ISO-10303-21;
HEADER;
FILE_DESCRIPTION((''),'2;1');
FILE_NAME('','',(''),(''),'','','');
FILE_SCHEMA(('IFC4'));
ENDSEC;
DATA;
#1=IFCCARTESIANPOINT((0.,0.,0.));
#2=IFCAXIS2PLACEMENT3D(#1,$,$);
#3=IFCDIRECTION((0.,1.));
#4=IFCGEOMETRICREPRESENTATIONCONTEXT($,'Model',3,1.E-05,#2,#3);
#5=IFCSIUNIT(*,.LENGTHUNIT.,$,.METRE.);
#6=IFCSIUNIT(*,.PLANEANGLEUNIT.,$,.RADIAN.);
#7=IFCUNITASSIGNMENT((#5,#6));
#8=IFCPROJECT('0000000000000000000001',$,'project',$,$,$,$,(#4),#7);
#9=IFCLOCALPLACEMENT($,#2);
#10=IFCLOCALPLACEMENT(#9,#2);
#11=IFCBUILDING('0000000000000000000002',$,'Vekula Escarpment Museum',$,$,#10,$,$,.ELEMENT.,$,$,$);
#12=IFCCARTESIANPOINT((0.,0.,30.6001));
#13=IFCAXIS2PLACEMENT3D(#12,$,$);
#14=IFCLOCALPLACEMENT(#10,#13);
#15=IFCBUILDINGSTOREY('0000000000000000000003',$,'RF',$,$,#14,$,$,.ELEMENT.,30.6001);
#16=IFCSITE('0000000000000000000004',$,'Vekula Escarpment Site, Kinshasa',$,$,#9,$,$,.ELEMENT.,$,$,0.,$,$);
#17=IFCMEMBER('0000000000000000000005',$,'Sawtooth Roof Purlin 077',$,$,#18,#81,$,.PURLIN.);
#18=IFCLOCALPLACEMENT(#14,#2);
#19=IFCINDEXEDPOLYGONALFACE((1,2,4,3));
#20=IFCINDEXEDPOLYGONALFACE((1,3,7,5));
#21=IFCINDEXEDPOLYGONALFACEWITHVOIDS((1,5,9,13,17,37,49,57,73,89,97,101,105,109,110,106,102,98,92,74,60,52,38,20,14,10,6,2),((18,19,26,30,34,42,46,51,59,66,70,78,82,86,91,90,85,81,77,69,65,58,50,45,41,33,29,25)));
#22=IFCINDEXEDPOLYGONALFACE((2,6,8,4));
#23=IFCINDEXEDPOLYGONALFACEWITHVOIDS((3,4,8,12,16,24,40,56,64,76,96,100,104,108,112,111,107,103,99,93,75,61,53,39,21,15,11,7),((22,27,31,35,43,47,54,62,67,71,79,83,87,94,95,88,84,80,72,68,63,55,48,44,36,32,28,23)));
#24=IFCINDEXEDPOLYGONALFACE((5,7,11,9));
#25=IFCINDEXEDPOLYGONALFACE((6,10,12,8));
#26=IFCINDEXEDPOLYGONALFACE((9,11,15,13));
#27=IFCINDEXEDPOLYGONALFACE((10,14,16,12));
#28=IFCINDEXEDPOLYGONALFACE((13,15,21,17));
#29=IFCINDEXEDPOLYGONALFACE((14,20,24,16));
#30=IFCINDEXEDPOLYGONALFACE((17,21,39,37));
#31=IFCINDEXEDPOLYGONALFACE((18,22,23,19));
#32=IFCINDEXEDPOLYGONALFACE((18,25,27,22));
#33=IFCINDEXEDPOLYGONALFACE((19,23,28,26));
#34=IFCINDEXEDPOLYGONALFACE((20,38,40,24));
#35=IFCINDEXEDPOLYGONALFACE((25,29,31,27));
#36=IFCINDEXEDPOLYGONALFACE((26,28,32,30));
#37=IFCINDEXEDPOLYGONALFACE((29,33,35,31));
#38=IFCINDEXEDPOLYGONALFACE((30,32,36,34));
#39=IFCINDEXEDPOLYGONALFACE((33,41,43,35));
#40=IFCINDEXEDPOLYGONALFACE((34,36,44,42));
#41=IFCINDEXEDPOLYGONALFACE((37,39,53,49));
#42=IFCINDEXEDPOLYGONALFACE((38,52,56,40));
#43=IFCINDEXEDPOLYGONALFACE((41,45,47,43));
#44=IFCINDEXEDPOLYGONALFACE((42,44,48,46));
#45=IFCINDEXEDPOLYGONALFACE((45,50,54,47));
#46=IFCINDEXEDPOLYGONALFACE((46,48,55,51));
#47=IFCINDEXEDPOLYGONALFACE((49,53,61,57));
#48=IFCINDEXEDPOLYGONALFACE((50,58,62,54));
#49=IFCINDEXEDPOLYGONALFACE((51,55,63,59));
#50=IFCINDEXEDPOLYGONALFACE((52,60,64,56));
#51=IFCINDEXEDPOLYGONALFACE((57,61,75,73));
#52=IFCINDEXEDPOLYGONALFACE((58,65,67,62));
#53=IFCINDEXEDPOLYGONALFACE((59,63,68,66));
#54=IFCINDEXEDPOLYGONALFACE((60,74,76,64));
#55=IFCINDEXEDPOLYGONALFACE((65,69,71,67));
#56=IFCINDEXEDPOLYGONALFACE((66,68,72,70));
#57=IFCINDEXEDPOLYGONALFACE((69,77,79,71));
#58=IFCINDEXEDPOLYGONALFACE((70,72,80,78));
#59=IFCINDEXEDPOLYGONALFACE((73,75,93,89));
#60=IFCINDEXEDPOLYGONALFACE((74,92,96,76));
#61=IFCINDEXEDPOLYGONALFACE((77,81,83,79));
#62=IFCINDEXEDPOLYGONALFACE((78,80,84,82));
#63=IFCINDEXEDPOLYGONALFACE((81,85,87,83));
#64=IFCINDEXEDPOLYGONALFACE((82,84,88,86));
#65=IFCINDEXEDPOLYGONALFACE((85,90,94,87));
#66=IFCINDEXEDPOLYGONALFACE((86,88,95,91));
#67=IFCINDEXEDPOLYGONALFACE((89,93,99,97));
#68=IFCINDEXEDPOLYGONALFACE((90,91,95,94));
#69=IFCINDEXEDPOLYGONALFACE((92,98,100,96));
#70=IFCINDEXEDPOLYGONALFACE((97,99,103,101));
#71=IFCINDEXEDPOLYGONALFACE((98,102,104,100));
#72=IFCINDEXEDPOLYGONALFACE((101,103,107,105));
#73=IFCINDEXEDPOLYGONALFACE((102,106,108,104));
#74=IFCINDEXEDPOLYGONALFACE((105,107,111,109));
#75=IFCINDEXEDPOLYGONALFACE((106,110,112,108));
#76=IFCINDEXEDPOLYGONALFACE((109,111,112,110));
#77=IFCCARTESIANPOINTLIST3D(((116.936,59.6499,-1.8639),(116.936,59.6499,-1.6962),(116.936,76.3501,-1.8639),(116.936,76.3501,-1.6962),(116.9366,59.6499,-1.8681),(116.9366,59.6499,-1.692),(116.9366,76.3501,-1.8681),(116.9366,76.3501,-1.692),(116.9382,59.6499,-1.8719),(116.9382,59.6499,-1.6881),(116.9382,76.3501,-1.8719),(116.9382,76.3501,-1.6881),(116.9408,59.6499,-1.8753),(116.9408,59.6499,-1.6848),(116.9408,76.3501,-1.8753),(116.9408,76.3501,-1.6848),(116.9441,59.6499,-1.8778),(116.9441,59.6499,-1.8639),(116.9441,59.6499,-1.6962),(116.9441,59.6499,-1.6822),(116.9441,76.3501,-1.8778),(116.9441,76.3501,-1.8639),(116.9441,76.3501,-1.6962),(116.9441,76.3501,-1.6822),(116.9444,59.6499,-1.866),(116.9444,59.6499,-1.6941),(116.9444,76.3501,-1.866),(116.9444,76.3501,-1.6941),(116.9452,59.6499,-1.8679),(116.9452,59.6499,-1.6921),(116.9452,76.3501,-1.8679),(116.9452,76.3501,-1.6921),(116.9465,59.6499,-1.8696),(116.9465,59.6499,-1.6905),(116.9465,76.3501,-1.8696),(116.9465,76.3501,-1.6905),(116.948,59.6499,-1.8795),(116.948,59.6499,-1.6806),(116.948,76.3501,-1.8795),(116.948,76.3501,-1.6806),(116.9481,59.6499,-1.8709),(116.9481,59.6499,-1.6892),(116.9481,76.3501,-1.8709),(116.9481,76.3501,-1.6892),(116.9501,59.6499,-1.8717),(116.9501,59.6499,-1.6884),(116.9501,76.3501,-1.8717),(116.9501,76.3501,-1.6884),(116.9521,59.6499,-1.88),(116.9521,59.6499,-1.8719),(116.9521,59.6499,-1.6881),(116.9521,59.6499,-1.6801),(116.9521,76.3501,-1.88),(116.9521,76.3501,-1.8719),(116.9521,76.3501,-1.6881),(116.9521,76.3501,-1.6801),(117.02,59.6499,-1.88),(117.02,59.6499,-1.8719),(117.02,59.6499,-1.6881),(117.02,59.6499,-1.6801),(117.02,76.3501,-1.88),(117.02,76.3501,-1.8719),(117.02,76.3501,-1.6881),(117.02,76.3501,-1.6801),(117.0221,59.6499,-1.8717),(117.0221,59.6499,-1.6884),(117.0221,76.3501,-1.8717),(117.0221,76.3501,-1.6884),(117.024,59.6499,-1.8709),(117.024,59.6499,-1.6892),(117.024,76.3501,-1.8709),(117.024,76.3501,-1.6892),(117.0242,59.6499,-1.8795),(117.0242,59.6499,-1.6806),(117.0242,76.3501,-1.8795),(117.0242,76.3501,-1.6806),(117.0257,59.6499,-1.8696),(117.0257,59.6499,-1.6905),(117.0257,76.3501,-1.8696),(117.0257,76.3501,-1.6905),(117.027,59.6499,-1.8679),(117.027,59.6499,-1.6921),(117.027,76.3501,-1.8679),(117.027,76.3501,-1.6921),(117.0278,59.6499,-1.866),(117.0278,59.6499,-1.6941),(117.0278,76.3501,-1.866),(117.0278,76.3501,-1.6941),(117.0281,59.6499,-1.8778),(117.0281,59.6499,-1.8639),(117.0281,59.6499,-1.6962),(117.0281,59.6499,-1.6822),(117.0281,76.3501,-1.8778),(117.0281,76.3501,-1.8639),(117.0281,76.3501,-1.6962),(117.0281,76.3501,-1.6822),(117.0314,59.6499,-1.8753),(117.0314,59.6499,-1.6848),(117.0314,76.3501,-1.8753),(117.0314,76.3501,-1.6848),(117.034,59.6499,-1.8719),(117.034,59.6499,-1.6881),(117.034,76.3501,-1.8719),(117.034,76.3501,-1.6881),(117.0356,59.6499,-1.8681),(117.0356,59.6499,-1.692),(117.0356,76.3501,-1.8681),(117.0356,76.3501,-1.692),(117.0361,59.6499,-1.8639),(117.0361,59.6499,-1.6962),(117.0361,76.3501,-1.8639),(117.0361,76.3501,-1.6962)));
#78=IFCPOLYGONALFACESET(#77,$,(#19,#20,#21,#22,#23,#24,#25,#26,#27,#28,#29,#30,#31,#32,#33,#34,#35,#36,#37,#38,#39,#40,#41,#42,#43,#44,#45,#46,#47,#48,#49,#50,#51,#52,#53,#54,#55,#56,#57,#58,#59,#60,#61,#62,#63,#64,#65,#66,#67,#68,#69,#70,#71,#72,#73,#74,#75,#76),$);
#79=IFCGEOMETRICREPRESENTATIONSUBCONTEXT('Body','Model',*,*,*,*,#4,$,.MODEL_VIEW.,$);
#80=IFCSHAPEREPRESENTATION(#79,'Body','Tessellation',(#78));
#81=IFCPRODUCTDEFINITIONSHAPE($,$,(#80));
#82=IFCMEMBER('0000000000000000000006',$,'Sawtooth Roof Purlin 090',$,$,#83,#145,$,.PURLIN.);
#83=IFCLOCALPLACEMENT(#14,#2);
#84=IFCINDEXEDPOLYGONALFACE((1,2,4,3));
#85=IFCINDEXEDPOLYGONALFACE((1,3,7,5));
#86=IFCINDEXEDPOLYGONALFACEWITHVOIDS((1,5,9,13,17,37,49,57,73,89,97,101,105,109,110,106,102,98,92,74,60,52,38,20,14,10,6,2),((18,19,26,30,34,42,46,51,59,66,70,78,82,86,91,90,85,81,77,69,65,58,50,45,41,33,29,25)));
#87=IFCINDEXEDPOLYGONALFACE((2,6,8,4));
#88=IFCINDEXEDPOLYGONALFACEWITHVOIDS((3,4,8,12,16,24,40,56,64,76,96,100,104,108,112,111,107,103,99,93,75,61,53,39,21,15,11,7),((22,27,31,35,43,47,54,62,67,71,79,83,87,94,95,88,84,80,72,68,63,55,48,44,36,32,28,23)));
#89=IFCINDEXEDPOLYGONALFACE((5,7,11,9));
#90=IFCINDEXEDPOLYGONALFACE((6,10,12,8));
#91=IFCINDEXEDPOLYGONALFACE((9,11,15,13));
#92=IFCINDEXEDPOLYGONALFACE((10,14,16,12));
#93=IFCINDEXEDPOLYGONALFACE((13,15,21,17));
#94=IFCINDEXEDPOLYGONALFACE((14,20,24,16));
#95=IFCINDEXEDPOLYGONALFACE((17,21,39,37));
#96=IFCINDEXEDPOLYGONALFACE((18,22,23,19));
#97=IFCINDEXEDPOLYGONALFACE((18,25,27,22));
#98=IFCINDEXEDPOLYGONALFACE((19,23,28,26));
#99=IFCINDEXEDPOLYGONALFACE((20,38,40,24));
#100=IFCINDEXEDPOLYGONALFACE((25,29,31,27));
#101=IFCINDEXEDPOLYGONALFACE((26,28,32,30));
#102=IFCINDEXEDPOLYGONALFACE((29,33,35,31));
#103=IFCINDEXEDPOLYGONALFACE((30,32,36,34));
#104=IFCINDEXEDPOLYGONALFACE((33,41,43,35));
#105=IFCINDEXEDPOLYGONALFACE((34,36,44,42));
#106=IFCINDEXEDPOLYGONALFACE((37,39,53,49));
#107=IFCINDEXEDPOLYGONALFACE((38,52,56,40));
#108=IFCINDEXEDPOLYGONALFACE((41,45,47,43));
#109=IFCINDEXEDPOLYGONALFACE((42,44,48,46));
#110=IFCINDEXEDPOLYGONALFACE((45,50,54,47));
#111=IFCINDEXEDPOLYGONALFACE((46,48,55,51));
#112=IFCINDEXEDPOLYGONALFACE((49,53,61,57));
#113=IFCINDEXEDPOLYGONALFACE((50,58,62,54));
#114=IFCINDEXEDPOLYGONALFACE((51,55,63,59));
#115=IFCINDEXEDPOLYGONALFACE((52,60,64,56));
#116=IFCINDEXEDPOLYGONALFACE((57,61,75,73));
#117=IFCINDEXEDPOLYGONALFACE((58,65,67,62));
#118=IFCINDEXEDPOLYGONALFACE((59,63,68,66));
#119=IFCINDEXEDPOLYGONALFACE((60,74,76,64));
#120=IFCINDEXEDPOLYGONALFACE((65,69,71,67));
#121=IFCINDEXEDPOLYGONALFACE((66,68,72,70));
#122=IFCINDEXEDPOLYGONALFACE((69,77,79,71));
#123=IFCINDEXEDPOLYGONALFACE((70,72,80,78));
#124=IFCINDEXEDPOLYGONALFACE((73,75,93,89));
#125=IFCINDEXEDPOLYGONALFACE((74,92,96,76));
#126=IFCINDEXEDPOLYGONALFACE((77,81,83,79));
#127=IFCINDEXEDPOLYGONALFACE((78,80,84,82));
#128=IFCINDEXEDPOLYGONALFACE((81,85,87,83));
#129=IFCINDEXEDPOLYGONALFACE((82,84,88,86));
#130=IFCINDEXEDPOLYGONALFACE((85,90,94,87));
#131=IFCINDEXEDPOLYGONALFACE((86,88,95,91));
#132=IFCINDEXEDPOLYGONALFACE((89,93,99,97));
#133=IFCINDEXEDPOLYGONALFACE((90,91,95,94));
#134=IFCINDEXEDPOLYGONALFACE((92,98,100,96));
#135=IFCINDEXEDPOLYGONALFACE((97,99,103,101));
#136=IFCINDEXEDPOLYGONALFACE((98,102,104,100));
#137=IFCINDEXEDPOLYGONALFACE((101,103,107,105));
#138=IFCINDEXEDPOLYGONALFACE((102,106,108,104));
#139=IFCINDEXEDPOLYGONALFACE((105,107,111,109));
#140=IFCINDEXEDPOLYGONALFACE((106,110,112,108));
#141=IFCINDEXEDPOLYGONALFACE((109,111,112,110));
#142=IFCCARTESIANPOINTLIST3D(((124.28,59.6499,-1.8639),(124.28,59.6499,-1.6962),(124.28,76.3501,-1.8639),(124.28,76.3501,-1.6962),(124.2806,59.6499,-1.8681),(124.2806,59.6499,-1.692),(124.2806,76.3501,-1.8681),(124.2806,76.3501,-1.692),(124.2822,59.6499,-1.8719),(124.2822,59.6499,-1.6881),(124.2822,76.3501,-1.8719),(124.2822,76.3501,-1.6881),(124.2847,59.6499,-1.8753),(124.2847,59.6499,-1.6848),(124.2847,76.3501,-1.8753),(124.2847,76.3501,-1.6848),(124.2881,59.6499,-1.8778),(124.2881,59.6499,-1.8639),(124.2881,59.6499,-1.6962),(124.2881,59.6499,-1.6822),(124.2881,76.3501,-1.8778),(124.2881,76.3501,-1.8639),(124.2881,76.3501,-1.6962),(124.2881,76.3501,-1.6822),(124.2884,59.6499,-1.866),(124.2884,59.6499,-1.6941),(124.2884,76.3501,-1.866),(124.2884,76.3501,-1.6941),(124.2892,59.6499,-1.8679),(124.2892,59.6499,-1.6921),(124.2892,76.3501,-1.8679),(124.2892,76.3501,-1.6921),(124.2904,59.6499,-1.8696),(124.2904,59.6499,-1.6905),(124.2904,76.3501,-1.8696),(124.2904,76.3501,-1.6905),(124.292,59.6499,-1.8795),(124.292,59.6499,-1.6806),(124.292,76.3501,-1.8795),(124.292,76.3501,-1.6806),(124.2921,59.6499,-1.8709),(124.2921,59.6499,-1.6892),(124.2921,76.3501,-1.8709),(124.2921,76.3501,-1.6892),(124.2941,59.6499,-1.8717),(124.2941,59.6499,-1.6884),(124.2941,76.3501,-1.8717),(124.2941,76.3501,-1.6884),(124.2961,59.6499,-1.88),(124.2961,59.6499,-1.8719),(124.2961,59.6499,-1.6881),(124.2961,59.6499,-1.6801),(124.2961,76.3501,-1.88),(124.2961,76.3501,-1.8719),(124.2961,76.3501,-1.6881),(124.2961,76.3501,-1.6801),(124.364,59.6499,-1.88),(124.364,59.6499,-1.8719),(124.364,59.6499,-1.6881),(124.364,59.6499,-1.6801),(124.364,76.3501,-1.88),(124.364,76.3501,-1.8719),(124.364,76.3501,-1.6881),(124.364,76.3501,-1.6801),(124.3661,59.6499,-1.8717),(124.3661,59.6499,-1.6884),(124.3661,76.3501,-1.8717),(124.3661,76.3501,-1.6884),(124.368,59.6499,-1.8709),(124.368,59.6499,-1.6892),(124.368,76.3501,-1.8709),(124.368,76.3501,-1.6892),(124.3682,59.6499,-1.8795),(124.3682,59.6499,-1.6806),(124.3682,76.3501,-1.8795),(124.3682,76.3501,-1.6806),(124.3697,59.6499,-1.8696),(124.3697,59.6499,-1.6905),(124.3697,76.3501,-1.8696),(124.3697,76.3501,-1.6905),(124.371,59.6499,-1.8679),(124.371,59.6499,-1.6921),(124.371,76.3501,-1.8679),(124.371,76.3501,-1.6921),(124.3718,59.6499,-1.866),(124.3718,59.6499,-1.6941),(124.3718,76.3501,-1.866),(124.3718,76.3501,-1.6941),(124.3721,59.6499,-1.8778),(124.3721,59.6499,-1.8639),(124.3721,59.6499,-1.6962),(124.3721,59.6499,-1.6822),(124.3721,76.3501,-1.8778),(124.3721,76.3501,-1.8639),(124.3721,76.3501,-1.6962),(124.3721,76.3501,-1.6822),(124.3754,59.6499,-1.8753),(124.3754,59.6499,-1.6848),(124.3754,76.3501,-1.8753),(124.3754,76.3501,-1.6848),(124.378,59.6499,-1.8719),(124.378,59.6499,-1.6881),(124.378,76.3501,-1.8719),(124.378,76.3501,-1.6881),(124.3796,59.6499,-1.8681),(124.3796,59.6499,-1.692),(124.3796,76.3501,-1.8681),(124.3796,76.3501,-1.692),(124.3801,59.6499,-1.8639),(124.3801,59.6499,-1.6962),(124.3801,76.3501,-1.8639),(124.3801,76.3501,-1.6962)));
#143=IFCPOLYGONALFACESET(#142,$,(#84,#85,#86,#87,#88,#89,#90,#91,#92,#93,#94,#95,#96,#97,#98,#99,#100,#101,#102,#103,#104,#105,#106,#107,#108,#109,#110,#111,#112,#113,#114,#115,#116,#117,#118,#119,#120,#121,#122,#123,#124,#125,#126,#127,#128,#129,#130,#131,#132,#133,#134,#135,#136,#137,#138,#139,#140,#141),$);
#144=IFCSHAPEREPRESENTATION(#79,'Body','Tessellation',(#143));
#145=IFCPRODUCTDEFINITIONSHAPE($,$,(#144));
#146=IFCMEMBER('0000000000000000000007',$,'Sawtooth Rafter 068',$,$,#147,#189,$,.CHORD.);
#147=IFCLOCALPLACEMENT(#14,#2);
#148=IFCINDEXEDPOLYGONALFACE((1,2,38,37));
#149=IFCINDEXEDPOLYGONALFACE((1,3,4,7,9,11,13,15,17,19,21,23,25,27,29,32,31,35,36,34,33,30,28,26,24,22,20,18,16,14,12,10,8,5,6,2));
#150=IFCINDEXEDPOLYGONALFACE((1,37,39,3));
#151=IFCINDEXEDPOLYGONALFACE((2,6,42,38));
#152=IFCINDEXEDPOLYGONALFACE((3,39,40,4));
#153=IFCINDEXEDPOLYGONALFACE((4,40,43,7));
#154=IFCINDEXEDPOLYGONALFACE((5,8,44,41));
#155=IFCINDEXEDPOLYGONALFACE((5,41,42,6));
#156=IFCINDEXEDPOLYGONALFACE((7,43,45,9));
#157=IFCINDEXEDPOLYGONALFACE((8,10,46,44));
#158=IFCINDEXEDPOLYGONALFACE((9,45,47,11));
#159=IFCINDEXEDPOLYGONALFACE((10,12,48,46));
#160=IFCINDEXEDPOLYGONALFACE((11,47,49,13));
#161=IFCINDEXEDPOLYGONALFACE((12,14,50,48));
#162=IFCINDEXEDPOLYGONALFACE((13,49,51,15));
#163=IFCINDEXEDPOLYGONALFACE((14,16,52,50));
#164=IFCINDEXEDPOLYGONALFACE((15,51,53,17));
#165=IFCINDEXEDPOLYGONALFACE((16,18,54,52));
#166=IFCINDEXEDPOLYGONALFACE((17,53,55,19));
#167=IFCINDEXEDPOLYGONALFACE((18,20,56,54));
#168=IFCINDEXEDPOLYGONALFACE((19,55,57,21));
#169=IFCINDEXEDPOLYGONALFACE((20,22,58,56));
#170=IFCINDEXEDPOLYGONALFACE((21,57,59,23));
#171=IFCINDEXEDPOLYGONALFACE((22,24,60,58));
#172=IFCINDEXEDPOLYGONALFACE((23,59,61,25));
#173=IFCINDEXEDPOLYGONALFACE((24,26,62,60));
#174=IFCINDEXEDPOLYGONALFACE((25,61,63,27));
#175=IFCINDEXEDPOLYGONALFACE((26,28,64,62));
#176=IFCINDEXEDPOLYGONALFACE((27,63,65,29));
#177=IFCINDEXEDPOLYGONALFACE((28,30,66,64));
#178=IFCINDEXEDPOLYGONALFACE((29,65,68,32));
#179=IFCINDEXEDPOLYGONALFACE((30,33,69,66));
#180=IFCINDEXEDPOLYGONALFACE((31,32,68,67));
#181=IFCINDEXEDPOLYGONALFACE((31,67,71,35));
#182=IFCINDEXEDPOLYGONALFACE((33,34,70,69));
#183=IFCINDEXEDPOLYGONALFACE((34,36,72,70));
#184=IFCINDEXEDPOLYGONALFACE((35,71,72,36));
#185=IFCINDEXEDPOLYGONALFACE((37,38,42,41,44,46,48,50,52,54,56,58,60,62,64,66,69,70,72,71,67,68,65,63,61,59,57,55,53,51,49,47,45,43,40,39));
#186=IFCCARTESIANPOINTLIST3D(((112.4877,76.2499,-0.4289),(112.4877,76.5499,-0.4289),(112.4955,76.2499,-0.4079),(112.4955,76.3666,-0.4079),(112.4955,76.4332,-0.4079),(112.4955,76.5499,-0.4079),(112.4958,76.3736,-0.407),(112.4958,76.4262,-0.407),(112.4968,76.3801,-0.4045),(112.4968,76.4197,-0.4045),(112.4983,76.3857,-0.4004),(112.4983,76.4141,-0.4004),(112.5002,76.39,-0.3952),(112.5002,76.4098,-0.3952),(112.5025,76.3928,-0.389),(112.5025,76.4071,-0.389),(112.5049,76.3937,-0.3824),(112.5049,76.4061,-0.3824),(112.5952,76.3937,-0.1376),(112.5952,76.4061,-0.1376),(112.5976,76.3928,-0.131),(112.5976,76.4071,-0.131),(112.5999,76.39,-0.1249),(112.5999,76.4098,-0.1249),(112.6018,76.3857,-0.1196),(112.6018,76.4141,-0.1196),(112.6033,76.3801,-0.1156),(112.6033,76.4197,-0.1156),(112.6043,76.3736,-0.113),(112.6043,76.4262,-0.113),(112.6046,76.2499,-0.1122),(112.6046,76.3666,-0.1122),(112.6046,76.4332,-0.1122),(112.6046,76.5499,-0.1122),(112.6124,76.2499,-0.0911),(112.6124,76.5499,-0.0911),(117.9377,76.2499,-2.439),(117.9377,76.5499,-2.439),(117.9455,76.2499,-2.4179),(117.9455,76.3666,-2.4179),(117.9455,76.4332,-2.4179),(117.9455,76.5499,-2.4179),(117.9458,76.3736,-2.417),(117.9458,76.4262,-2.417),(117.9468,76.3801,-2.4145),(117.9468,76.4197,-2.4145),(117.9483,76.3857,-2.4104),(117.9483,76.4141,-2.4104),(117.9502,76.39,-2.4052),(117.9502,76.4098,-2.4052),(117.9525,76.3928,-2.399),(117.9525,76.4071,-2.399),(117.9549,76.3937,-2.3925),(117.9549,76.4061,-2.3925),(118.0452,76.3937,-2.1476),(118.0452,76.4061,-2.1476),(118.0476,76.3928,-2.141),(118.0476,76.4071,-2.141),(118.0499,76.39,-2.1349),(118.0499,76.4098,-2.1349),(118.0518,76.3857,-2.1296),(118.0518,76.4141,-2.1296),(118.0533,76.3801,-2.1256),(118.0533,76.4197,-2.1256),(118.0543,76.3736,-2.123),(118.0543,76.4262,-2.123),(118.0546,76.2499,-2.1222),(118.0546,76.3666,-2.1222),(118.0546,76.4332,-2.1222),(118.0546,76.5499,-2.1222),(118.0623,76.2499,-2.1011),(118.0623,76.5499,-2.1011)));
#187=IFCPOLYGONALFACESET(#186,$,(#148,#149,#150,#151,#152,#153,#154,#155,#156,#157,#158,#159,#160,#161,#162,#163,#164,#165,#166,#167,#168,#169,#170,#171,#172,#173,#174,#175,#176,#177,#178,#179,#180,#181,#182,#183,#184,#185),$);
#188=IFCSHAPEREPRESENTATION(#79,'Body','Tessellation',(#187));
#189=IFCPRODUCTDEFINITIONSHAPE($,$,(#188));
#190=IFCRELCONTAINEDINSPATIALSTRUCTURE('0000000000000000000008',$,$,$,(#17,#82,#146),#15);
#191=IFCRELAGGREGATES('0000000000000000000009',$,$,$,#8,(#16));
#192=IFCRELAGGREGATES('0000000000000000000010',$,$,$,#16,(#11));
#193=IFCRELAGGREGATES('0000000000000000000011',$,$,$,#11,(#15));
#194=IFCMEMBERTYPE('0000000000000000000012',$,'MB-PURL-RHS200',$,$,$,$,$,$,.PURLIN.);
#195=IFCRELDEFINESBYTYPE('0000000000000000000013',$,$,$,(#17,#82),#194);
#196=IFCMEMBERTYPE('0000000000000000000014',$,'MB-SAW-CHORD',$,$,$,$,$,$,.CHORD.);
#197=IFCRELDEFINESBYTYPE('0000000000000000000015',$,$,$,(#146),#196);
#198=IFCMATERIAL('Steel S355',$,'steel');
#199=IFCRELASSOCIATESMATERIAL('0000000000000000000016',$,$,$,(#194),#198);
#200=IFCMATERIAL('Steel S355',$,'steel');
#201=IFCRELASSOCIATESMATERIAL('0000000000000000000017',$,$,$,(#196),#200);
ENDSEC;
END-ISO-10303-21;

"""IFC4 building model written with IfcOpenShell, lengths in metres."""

from ifc_helpers import new_model, si_unit, direction, frame, origin, origin_2d, place, context, subcontext, project, spatial, hollow_rectangle, i_section, extrude, material, material_profile, profile_set, type_object, element, save


model = new_model("IFC4")

# Units and contexts
model_context = context("Model", 3, precision=1e-05, world=origin(), true_north=direction((0.0, 1.0)))
body_context = subcontext(model_context, "Body", "Model", "MODEL_VIEW")
ifc_project = project(units=[si_unit("LENGTHUNIT", "METRE"), si_unit("PLANEANGLEUNIT", "RADIAN")], contexts=[model_context])

# Site, building, storey
site_placement = place(None, origin())
site = spatial("IfcSite", under=ifc_project, at=site_placement, Name="Vekula Escarpment Site, Kinshasa", CompositionType="ELEMENT", RefElevation=0.0)
building_placement = place(site_placement, origin())
building = spatial("IfcBuilding", under=site, at=building_placement, Name="Vekula Escarpment Museum", CompositionType="ELEMENT")
storey_placement = place(building_placement, frame((0.0, 0.0, 30.6001)))
storey = spatial("IfcBuildingStorey", under=building, at=storey_placement, Name="RF", CompositionType="ELEMENT", Elevation=30.6001)

# Members
ifc_material_1 = material(Name="Steel S355", Category="steel")
ifc_material_profile_1 = material_profile(ifc_material_1, hollow_rectangle(XDim=0.1001, YDim=0.2, WallThickness=0.0081, InnerFilletRadius=0.0081, OuterFilletRadius=0.0161, at=origin_2d()), Name="RHS 200x100x8")
ifc_profile_set_1 = profile_set([ifc_material_profile_1], Name="Steel S355")
member_type_1 = type_object("IfcMemberType", Name="MB-PURL-RHS200", PredefinedType="PURLIN", material=ifc_profile_set_1)
for number, where, z_axis, x_axis, name in (
    (1, (116.9861, 59.6499, -1.78), (0.0, 1.0, 0.0), (-1.0, 0.0, 0.0), "Sawtooth Roof Purlin 077"),
    (2, (124.3301, 59.6499, -1.78), (0.0, 1.0, 0.0), (-1.0, 0.0, 0.0), "Sawtooth Roof Purlin 090"),
):
    element("IfcMember", number, at=place(storey_placement, frame(where, z_axis=z_axis, x_axis=x_axis)), inside=storey, type_object=member_type_1, Name=name, PredefinedType="PURLIN", context=body_context, shape_type="SweptSolid", body=[
        extrude(hollow_rectangle(XDim=0.1001, YDim=0.2, WallThickness=0.0081, InnerFilletRadius=0.0081, OuterFilletRadius=0.0161, at=origin_2d()), origin(), (0.0, 0.0, 1.0), 16.7002),
    ])
ifc_material_2 = material(Name="Steel S355", Category="steel")
ifc_material_profile_2 = material_profile(ifc_material_2, i_section(OverallWidth=0.3, OverallDepth=0.3601, WebThickness=0.0125, FlangeThickness=0.0225, FilletRadius=0.0271, at=origin_2d()), Name="HEB 360")
ifc_profile_set_2 = profile_set([ifc_material_profile_2], Name="Steel S355")
member_type_2 = type_object("IfcMemberType", Name="MB-SAW-CHORD", PredefinedType="CHORD", material=ifc_profile_set_2)
member_1_placement = place(storey_placement, frame((112.55, 76.3999, -0.26), z_axis=(0.938224, 0.0, -0.346029), x_axis=(0.0, 1.0, 0.0)))
element("IfcMember", 3, at=member_1_placement, inside=storey, type_object=member_type_2, Name="Sawtooth Rafter 068", PredefinedType="CHORD", context=body_context, shape_type="SweptSolid", body=[
    extrude(i_section(OverallWidth=0.3, OverallDepth=0.3601, WebThickness=0.0125, FlangeThickness=0.0225, FilletRadius=0.0271, at=origin_2d()), origin(), (0.0, 0.0, 1.0), 5.8088),
])

save(model, "model.ifc")
